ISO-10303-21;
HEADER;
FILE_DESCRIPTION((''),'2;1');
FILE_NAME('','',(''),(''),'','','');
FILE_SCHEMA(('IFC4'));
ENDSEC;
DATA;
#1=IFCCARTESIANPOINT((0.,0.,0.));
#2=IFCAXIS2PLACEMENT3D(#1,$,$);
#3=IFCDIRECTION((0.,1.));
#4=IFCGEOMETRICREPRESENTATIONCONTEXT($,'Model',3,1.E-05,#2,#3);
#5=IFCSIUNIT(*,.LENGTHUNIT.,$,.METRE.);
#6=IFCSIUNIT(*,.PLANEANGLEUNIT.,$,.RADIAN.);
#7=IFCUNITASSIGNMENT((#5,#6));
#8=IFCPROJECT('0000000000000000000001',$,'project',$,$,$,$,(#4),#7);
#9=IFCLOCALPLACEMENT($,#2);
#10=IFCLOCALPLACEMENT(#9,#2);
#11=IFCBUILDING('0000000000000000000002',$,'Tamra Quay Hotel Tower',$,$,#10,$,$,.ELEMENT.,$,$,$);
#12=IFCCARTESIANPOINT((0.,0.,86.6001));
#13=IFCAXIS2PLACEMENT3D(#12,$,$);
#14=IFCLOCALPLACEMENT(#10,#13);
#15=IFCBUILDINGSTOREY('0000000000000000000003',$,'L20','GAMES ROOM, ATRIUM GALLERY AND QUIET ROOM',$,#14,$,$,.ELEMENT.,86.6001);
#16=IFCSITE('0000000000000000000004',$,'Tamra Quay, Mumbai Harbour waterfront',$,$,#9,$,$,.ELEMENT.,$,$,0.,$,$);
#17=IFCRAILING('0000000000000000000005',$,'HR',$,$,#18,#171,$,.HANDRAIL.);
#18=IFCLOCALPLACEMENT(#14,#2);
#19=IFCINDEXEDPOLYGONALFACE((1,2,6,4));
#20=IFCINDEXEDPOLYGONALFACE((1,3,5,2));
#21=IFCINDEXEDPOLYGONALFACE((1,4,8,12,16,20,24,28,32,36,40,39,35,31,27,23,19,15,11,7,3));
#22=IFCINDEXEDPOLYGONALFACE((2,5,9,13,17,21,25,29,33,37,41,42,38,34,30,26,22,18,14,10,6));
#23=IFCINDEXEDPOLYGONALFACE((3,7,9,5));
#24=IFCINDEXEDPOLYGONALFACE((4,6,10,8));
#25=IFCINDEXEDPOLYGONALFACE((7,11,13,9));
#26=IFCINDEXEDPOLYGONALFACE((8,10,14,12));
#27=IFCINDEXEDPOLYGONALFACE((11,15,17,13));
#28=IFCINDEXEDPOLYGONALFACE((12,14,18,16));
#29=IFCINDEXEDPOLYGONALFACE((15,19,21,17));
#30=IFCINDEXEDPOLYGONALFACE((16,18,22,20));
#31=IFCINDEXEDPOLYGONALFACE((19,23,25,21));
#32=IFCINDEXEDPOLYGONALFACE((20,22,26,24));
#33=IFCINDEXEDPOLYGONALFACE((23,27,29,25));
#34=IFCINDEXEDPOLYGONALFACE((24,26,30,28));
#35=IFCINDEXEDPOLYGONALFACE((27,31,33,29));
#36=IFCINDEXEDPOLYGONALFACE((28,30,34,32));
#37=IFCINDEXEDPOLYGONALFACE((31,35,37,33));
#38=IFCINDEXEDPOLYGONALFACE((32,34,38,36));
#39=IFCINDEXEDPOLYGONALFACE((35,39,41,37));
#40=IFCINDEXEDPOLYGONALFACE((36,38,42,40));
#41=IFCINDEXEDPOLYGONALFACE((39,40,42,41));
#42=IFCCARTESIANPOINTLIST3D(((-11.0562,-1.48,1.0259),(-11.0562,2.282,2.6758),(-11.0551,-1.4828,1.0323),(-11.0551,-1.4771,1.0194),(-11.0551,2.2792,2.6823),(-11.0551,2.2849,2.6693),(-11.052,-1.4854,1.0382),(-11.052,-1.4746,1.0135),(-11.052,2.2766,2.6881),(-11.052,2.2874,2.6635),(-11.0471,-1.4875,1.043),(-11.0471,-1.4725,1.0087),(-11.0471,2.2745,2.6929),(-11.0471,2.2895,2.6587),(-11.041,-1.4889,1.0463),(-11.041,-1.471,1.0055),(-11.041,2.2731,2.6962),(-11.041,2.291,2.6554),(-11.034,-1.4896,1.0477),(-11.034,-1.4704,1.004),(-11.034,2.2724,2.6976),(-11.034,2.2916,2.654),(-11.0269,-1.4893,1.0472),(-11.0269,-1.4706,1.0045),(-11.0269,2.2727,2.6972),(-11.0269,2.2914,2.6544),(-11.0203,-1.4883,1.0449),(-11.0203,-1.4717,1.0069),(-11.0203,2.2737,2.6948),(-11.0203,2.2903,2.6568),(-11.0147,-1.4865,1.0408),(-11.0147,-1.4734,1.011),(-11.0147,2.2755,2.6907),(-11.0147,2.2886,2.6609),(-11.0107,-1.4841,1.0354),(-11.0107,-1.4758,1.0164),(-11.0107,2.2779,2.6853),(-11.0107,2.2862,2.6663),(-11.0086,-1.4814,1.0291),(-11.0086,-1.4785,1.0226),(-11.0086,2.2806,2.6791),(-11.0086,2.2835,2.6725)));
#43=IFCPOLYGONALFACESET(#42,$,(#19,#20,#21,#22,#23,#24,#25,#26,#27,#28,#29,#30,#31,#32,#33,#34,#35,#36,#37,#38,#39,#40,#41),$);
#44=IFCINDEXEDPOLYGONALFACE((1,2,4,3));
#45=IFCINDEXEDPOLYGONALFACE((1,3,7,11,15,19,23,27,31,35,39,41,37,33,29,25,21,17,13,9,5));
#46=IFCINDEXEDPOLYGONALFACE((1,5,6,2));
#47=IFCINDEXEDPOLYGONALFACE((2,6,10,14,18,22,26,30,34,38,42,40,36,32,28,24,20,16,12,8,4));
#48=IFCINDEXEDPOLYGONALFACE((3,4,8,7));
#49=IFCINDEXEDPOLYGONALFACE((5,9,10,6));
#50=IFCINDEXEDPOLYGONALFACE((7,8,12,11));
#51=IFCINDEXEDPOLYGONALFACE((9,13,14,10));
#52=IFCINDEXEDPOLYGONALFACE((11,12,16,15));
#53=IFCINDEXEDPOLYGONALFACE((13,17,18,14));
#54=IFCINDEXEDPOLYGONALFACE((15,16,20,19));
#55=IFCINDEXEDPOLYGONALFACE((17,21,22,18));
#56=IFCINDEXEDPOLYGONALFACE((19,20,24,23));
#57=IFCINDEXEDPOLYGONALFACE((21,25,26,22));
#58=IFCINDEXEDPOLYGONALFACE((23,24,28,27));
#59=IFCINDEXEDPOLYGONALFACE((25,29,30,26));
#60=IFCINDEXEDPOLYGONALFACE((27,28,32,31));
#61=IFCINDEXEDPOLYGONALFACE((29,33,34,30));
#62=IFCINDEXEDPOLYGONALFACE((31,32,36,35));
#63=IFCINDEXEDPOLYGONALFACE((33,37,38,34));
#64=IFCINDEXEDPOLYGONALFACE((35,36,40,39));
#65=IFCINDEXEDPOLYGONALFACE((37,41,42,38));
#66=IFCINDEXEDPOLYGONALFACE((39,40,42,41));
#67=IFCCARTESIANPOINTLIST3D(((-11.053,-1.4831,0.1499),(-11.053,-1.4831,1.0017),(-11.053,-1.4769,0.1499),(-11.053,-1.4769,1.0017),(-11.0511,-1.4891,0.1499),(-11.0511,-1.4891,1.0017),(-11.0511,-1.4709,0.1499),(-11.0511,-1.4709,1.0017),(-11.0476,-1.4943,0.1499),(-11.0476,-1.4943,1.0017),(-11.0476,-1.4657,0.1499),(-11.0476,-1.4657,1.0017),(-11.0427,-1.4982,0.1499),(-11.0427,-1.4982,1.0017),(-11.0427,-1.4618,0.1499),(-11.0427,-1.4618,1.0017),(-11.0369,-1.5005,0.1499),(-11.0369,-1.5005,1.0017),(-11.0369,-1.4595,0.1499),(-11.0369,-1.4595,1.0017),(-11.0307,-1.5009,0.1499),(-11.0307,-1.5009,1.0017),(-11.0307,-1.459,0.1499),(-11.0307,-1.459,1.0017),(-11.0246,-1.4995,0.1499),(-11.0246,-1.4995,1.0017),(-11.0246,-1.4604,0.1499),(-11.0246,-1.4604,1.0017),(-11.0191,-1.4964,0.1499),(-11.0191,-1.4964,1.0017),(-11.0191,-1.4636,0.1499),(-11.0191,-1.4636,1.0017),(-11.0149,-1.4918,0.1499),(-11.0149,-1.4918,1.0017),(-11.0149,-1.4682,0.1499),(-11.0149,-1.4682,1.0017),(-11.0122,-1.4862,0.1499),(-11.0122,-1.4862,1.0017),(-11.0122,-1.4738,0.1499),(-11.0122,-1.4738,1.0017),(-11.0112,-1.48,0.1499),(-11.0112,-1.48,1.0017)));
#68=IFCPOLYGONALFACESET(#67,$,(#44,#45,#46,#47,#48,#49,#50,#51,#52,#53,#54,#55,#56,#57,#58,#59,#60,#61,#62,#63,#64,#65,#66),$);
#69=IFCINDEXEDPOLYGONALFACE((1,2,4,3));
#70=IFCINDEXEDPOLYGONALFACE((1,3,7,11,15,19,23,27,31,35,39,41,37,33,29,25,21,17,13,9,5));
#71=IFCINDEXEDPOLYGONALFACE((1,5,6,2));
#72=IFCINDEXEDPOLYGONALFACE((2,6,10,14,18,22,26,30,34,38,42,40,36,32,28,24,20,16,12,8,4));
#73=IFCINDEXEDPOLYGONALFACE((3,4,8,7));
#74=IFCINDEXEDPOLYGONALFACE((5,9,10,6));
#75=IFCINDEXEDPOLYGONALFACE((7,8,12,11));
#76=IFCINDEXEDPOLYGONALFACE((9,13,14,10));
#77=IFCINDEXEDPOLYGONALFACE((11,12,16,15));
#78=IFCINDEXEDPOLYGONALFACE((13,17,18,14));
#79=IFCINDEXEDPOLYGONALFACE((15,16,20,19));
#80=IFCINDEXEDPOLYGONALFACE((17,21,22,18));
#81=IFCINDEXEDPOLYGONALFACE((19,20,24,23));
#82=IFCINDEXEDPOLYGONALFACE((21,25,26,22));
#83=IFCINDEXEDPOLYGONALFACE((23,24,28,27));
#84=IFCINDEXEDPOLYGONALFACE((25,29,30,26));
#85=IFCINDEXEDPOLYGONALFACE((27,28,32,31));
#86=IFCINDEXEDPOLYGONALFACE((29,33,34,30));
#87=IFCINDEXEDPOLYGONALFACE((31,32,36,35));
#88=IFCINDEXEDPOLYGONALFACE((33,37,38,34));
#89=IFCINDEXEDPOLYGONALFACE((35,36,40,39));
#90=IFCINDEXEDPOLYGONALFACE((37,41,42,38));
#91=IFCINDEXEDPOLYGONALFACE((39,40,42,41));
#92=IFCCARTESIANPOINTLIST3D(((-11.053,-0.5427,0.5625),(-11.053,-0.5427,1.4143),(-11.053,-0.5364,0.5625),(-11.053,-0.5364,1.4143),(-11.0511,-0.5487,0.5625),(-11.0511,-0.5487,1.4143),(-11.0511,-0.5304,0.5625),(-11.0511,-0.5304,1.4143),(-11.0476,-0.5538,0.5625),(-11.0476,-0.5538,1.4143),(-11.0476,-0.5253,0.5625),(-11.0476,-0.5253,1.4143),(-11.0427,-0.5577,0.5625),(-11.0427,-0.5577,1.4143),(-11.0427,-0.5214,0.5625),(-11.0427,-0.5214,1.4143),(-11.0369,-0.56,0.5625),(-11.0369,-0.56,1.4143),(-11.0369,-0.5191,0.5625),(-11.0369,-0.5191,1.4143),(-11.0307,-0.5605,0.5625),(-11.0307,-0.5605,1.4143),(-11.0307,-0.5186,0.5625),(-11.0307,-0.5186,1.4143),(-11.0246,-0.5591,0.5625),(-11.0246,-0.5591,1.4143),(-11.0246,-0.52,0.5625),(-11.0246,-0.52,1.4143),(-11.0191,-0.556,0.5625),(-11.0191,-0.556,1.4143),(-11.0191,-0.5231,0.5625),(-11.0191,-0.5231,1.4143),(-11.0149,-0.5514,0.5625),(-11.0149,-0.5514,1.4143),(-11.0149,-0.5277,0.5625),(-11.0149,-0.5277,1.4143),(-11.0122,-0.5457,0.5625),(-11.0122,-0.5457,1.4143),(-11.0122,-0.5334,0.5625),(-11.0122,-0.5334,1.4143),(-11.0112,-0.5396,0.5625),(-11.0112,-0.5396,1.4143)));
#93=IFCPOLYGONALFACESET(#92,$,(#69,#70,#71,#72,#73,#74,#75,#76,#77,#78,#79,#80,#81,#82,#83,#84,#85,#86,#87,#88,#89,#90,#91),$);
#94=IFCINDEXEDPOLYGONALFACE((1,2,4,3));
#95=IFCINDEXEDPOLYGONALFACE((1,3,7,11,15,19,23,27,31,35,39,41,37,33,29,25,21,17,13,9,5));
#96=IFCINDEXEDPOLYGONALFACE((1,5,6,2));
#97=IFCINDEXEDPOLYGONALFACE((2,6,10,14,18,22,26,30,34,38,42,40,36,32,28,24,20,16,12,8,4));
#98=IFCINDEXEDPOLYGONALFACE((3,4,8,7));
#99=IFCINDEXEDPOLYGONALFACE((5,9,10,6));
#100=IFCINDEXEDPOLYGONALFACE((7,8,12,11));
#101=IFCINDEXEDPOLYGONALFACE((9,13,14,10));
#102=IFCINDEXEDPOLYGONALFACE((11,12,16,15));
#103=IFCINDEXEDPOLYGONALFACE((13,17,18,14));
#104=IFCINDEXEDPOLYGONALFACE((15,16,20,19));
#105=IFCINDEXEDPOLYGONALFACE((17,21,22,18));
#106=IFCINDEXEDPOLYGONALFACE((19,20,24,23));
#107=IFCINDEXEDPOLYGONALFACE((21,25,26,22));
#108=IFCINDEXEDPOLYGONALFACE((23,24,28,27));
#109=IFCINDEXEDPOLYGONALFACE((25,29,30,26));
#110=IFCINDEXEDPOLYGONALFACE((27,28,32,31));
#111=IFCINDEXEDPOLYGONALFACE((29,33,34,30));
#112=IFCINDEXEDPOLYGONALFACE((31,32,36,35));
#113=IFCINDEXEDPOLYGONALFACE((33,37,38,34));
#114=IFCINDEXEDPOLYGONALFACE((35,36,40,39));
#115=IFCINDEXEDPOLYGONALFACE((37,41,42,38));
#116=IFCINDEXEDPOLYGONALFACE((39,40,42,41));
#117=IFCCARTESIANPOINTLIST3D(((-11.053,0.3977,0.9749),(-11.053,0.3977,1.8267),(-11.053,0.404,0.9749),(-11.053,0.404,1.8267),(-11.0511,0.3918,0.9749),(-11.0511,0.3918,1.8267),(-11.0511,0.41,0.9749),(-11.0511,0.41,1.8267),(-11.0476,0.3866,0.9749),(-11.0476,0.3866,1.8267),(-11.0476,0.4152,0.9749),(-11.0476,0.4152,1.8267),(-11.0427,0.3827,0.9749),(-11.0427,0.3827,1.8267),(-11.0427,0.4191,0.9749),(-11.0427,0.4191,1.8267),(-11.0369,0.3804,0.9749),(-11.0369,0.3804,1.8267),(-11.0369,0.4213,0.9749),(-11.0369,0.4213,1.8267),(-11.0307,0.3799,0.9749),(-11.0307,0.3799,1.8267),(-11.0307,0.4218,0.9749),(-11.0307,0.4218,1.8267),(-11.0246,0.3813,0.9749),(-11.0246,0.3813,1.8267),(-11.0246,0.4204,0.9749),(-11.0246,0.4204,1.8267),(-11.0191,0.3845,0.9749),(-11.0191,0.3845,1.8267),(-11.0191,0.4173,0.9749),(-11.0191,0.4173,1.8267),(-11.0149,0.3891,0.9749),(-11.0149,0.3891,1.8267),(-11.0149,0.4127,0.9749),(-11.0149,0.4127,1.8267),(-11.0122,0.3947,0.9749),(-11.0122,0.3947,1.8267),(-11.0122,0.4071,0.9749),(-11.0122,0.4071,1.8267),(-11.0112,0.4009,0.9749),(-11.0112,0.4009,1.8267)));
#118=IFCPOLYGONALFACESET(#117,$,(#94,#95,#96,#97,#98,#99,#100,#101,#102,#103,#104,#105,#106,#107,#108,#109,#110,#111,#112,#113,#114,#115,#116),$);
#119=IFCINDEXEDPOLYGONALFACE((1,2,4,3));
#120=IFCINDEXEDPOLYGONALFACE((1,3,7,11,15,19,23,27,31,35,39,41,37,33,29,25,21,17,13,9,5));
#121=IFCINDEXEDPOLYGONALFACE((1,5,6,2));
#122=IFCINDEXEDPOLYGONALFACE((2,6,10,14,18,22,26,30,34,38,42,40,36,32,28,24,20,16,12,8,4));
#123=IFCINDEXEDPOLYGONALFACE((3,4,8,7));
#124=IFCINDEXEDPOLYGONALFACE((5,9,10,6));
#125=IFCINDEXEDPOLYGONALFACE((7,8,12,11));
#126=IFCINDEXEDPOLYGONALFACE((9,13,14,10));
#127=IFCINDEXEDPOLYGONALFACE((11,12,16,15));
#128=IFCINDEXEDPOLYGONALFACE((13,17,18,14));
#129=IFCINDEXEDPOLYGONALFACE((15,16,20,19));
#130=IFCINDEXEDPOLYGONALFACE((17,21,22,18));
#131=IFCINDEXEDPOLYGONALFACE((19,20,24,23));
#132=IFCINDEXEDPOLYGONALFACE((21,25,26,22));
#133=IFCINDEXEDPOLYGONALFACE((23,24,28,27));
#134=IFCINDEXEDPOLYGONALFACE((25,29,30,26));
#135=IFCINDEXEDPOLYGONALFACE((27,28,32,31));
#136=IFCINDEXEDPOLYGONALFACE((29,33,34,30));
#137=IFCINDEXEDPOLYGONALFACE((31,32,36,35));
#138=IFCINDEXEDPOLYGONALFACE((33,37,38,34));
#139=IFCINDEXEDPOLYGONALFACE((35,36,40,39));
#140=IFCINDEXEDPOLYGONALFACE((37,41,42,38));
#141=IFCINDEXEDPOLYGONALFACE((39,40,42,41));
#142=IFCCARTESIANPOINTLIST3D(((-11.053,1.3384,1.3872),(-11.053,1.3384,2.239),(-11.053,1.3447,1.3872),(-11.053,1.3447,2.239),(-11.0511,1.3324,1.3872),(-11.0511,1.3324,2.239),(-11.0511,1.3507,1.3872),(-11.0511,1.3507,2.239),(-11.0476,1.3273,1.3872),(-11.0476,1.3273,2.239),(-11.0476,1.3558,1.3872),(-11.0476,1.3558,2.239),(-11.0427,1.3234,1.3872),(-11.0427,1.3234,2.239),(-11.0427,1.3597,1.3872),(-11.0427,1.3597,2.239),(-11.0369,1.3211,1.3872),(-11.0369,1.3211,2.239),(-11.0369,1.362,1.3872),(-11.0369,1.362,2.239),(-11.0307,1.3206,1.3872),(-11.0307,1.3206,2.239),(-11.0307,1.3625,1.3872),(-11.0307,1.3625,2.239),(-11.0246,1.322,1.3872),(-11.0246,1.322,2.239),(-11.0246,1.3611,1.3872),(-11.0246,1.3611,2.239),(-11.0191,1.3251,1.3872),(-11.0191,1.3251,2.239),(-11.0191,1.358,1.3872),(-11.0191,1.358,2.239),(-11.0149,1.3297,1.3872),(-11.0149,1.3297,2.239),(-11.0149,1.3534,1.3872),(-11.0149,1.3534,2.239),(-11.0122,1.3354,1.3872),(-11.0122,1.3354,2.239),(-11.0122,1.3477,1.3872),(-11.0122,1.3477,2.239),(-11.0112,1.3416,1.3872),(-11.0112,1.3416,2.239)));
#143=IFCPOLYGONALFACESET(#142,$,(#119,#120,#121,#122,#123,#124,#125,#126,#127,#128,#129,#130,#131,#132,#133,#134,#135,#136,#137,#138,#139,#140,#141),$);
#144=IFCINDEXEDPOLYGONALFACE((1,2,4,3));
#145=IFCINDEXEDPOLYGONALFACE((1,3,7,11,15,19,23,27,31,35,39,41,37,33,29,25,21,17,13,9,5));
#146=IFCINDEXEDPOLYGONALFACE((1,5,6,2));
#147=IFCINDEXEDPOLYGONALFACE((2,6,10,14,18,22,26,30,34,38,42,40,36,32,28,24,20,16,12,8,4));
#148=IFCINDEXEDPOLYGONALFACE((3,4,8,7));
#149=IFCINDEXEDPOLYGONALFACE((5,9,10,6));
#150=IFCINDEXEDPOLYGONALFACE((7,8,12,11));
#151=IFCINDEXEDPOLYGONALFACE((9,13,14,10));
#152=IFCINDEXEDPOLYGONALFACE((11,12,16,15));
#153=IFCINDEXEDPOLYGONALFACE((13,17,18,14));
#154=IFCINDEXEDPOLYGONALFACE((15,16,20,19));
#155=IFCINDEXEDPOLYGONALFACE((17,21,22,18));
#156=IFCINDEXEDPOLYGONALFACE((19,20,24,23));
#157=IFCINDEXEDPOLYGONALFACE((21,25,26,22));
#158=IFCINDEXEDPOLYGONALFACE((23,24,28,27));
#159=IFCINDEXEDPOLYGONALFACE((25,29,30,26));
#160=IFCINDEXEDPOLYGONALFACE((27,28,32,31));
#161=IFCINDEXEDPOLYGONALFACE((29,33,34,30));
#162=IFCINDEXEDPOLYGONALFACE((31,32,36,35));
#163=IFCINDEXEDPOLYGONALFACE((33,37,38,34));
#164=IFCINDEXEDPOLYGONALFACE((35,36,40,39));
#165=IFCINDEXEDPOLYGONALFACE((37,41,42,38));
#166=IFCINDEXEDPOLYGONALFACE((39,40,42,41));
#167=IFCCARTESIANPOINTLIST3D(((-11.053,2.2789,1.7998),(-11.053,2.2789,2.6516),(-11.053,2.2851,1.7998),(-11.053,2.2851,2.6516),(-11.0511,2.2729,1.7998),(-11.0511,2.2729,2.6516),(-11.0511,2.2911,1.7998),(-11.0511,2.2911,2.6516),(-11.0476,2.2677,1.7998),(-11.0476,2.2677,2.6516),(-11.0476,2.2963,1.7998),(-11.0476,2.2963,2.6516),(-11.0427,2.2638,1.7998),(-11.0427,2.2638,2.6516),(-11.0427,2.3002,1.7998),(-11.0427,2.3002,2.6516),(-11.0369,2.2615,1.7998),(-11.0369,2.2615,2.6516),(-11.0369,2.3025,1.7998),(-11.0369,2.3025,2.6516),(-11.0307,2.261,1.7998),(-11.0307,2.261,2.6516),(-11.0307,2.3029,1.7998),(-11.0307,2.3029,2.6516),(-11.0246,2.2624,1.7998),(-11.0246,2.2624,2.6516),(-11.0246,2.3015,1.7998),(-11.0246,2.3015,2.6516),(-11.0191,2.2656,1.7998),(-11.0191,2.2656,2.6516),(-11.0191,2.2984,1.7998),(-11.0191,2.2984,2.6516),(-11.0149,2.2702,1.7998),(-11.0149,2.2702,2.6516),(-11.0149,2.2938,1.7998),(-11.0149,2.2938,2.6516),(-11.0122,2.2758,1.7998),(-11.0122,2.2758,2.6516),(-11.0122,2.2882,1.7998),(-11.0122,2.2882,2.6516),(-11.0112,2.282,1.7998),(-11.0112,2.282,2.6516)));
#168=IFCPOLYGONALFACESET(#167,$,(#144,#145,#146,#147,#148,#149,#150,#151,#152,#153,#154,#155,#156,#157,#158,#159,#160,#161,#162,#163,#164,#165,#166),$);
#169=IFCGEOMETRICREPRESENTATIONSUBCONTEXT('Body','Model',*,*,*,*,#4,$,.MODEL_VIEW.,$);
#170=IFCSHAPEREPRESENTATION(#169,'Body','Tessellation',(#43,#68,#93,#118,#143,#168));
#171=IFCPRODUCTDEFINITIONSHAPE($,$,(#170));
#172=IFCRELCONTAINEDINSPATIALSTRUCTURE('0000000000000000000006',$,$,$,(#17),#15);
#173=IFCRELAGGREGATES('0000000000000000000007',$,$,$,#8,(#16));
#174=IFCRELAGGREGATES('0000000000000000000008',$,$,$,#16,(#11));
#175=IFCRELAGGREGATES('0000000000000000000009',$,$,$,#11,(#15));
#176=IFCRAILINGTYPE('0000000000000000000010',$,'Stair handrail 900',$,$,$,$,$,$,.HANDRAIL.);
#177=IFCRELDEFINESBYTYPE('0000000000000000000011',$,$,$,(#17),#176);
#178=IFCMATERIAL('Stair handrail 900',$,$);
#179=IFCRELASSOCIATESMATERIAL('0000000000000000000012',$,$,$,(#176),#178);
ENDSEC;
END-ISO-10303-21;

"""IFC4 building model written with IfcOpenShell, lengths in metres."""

from ifc_helpers import new_model, si_unit, direction, frame, origin, origin_2d, place, context, subcontext, project, spatial, circle, extrude, material, type_object, element, save


model = new_model("IFC4")

# Units and contexts
model_context = context("Model", 3, precision=1e-05, world=origin(), true_north=direction((0.0, 1.0)))
body_context = subcontext(model_context, "Body", "Model", "MODEL_VIEW")
ifc_project = project(units=[si_unit("LENGTHUNIT", "METRE"), si_unit("PLANEANGLEUNIT", "RADIAN")], contexts=[model_context])

# Site, building, storey
site_placement = place(None, origin())
site = spatial("IfcSite", under=ifc_project, at=site_placement, Name="Tamra Quay, Mumbai Harbour waterfront", CompositionType="ELEMENT", RefElevation=0.0)
building_placement = place(site_placement, origin())
building = spatial("IfcBuilding", under=site, at=building_placement, Name="Tamra Quay Hotel Tower", CompositionType="ELEMENT")
storey_placement = place(building_placement, frame((0.0, 0.0, 86.6001)))
storey = spatial("IfcBuildingStorey", under=building, at=storey_placement, Name="L20", Description="GAMES ROOM, ATRIUM GALLERY AND QUIET ROOM", CompositionType="ELEMENT", Elevation=86.6001)

# Railing
ifc_material_1 = material(Name="Stair handrail 900")
railing_type = type_object("IfcRailingType", Name="Stair handrail 900", PredefinedType="HANDRAIL", material=ifc_material_1)
railing_placement = place(storey_placement, frame((-11.0322, -1.48, 0.1499)))
element("IfcRailing", 1, at=railing_placement, inside=storey, type_object=railing_type, Name="HR", PredefinedType="HANDRAIL", context=body_context, shape_type="SweptSolid", body=[
    extrude(circle(Radius=0.0239, at=origin_2d()), frame((0.0, 0.0, 0.876), z_axis=(0.0, 0.915795, 0.401645), x_axis=(-1.0, 0.0, 0.0)), (0.0, 0.0, 1.0), 4.1079),
    extrude(circle(Radius=0.021, at=origin_2d()), origin(), (0.0, 0.0, 1.0), 0.8518),
    extrude(circle(Radius=0.021, at=origin_2d()), frame((0.0, 0.9404, 0.4126)), (0.0, 0.0, 1.0), 0.8518),
    extrude(circle(Radius=0.021, at=origin_2d()), frame((0.0, 1.8809, 0.825)), (0.0, 0.0, 1.0), 0.8518),
    extrude(circle(Radius=0.021, at=origin_2d()), frame((0.0, 2.8215, 1.2373)), (0.0, 0.0, 1.0), 0.8518),
    extrude(circle(Radius=0.021, at=origin_2d()), frame((0.0, 3.762, 1.6499)), (0.0, 0.0, 1.0), 0.8518),
])

save(model, "model.ifc")
